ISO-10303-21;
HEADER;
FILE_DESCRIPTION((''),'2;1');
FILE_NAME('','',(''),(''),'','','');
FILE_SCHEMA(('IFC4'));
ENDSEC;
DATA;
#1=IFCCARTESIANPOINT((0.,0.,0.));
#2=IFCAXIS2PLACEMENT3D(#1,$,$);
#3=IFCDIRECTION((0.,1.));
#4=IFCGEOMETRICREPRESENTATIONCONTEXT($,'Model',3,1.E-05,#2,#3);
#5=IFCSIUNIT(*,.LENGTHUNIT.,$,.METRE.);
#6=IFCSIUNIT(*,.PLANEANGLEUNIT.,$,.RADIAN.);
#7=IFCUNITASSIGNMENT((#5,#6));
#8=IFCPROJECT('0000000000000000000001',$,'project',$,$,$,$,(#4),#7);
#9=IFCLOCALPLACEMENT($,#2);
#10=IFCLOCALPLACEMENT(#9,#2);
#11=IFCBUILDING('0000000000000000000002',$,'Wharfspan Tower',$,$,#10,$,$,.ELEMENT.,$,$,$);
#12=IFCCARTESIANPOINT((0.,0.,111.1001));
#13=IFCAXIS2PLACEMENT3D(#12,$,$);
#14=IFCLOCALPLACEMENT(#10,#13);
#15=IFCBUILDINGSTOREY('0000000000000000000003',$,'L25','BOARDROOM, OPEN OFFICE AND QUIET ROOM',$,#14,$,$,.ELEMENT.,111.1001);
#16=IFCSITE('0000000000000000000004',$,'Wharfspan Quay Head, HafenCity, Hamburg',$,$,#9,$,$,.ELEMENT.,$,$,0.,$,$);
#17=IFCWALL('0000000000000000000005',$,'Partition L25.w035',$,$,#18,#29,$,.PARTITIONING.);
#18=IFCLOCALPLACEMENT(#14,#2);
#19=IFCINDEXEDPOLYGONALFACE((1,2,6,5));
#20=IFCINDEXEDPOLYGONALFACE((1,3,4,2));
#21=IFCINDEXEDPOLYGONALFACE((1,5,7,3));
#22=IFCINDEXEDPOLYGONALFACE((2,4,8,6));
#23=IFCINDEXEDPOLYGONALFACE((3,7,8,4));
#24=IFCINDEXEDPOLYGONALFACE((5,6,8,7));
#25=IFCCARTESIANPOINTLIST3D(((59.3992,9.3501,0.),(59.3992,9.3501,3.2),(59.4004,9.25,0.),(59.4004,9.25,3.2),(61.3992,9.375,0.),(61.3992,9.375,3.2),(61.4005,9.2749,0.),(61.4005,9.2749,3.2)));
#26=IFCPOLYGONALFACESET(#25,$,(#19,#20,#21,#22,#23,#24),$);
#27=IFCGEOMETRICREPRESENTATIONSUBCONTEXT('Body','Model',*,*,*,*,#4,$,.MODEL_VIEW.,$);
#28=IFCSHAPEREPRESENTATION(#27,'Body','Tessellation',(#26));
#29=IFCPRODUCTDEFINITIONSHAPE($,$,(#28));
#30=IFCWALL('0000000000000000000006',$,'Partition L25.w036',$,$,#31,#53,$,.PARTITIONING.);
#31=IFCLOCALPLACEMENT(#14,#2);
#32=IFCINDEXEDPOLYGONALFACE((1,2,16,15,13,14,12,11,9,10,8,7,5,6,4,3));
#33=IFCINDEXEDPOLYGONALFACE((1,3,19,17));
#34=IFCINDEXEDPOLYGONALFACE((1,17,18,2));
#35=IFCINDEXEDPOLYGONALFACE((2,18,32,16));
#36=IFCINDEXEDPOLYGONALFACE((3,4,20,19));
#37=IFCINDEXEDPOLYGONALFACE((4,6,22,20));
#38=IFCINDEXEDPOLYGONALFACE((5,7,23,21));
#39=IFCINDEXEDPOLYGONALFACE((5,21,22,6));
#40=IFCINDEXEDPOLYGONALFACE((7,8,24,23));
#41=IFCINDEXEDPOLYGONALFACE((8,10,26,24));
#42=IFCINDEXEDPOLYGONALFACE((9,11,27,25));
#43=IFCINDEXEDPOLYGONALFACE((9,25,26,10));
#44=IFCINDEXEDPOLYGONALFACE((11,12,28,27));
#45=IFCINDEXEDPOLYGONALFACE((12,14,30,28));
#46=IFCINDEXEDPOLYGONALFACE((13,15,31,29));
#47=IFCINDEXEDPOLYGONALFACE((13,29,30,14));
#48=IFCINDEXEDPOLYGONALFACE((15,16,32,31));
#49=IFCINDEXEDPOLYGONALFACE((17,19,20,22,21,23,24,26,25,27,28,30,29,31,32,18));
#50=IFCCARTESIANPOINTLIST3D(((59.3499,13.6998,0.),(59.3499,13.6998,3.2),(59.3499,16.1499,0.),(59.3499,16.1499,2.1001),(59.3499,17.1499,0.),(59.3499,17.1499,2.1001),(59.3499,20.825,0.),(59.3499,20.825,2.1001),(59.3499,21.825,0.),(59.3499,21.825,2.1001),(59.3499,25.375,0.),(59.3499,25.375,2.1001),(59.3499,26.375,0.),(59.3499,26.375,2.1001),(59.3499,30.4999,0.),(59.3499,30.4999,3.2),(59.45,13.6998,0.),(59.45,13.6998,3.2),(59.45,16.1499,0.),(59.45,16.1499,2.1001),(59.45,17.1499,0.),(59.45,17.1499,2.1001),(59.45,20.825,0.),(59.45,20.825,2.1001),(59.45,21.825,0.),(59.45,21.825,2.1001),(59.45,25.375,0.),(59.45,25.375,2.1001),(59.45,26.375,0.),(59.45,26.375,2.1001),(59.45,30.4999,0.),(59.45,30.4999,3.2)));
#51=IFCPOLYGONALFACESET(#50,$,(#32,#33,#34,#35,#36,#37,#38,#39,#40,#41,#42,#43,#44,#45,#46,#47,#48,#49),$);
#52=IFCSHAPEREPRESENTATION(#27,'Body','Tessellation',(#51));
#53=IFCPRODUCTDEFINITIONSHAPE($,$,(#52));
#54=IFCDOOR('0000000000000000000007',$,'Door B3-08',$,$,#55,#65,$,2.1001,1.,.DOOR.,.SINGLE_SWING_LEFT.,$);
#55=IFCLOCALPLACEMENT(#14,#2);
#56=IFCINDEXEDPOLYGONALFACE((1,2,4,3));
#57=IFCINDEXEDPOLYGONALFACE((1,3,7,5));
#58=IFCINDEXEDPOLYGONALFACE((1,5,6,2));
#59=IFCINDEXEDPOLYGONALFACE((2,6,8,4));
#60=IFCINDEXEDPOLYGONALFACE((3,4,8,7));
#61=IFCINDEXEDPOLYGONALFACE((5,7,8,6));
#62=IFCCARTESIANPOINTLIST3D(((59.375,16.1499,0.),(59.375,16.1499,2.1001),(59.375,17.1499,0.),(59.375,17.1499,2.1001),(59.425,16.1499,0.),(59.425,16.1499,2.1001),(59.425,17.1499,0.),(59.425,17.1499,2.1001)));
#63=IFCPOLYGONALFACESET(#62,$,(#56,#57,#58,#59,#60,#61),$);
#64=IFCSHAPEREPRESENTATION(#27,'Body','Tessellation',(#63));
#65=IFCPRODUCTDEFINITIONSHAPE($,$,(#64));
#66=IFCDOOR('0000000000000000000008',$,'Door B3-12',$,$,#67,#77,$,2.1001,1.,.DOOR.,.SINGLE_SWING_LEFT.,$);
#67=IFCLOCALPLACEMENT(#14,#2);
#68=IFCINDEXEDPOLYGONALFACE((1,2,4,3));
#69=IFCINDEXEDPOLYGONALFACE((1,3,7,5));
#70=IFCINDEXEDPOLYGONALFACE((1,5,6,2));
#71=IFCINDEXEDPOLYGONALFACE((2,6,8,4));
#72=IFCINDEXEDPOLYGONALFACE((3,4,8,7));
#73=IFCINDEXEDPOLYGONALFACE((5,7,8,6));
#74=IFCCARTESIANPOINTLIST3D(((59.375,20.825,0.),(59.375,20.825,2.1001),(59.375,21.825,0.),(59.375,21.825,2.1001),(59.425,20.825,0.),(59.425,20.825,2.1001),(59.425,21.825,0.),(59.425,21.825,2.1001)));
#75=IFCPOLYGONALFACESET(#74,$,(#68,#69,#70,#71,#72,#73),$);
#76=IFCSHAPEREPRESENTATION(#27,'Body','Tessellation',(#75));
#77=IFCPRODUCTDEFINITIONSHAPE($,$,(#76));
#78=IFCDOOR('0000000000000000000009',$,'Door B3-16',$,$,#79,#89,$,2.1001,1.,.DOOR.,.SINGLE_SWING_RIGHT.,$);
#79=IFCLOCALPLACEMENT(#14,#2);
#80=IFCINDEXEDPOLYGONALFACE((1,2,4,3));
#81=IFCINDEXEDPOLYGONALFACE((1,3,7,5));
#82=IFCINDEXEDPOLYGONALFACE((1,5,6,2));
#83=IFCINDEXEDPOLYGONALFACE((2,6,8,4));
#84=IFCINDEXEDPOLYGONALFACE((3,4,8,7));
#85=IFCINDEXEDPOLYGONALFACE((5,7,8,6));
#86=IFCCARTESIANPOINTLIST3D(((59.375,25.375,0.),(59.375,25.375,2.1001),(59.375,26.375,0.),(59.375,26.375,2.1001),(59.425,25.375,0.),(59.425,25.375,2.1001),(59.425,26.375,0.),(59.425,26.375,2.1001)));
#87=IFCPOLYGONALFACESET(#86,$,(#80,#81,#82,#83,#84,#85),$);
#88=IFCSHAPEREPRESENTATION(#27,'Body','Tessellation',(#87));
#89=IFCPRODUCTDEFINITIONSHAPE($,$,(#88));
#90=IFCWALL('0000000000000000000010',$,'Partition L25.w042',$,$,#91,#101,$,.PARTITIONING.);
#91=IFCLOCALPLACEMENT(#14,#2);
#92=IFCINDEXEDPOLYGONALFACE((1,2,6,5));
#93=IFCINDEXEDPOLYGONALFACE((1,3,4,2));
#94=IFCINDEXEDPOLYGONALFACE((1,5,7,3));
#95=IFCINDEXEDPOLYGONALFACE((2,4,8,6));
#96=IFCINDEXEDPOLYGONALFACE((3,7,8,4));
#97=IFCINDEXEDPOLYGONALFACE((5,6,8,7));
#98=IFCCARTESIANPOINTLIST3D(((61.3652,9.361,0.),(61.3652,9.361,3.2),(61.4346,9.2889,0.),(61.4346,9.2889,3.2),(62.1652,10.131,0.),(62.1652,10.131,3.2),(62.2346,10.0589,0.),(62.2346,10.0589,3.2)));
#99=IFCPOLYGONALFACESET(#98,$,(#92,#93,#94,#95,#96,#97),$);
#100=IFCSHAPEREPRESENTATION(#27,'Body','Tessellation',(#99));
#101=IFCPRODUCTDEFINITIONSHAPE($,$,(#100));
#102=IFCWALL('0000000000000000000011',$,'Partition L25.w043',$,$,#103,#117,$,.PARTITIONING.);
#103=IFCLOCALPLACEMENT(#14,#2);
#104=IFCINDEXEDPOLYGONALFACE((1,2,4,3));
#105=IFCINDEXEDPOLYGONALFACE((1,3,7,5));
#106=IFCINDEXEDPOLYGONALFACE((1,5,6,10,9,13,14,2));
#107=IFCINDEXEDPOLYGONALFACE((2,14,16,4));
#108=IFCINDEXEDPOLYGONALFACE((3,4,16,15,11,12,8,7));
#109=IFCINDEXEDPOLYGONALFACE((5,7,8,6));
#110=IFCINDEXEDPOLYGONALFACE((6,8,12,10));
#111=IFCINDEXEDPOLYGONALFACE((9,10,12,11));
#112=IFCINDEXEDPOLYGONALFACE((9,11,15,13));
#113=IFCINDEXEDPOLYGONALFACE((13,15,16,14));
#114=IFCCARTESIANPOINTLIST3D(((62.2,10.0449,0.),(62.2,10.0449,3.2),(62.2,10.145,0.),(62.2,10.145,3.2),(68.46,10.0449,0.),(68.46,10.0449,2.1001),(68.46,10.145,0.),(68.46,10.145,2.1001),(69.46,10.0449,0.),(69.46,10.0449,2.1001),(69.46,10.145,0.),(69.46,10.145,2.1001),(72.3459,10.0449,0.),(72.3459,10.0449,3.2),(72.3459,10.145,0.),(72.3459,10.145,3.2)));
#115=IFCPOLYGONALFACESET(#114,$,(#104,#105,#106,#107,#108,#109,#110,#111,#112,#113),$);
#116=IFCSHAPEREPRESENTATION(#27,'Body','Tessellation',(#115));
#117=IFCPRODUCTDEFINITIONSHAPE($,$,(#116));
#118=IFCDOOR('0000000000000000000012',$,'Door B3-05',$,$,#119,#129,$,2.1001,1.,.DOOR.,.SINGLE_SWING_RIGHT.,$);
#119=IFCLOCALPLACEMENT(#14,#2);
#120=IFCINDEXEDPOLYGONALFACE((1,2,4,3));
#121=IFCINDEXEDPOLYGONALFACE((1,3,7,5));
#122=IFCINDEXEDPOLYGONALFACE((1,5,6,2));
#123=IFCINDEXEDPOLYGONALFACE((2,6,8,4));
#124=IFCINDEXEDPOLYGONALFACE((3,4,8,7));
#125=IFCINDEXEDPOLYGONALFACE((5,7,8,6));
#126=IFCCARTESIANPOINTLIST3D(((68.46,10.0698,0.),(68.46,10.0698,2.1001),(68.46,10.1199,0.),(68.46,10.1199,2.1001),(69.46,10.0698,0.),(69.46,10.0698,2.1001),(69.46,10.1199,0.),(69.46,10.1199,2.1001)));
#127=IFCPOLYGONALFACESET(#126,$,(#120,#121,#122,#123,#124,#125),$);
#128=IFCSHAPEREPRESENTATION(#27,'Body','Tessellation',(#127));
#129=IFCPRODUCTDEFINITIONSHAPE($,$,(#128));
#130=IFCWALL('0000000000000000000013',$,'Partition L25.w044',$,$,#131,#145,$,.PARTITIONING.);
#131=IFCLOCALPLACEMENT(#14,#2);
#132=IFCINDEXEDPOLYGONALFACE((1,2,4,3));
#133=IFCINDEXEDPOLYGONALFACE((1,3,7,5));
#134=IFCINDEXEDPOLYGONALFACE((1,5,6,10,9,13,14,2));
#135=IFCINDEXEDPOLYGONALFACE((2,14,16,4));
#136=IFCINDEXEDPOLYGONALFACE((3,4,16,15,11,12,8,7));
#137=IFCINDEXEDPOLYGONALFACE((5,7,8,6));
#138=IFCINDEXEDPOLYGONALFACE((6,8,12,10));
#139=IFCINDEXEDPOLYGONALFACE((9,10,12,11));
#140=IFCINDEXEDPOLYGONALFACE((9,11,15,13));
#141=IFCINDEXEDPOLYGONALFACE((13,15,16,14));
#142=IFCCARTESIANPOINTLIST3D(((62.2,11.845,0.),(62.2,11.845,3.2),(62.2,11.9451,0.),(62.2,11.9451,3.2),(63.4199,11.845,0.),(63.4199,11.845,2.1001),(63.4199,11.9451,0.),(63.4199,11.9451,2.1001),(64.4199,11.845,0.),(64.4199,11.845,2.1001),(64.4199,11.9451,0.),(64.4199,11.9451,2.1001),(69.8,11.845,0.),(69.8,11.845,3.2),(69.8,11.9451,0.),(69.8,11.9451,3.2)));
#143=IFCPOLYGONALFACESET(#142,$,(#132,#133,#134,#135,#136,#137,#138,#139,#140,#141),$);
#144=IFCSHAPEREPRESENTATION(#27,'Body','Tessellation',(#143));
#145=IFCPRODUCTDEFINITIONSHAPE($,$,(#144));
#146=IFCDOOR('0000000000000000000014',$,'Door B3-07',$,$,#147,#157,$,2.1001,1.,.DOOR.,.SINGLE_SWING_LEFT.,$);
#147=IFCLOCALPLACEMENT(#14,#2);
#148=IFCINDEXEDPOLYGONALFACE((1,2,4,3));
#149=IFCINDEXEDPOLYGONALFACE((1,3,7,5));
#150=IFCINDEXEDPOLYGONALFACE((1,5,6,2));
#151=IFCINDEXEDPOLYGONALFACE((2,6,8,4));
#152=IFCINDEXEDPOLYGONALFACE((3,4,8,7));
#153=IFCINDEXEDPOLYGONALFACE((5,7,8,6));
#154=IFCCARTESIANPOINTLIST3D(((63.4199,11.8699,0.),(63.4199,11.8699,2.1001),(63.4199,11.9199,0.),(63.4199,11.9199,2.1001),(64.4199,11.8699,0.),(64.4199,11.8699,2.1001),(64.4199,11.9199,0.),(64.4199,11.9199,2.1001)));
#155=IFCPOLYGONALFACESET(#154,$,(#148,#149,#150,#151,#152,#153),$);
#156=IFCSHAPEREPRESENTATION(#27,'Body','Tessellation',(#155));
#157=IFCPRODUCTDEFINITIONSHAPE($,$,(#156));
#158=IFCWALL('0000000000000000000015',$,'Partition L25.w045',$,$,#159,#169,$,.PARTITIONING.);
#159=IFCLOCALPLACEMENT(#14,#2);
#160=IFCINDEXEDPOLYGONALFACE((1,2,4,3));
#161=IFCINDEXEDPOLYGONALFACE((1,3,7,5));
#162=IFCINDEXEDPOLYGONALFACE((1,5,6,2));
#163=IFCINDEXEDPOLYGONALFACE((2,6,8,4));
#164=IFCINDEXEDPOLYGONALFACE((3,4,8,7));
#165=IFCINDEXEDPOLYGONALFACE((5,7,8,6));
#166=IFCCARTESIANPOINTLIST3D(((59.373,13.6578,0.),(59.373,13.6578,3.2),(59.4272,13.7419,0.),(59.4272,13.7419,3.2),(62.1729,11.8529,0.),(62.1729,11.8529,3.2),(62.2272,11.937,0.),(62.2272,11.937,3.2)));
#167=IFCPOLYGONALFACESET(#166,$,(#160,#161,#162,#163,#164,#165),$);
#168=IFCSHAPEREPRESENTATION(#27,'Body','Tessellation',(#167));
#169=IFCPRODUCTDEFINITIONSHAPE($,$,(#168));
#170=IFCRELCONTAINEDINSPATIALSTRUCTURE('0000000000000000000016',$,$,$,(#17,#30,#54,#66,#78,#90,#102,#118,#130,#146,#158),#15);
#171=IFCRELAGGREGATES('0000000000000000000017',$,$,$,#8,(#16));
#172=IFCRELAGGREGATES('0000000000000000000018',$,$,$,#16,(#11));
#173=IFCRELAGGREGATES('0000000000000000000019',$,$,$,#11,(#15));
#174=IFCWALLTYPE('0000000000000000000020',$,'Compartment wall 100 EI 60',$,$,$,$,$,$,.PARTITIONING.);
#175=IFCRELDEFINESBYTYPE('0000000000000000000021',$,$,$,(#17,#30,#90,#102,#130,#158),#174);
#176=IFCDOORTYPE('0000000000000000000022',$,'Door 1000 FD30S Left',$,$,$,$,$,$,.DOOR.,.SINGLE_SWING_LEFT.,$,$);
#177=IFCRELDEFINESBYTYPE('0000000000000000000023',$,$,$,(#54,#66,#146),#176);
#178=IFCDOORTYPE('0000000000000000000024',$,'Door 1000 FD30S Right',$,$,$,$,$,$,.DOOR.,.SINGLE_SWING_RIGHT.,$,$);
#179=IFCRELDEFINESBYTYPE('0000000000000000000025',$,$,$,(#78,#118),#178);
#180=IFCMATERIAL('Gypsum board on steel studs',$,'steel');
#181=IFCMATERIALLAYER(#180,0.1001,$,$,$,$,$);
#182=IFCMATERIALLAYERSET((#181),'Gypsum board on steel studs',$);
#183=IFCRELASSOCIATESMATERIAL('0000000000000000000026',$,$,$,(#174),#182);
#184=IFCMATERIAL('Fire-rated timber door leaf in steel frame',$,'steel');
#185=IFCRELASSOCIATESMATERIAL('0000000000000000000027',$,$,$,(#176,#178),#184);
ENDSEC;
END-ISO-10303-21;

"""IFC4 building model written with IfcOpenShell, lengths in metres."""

from ifc_helpers import new_model, si_unit, direction, frame, frame_2d, origin, place, context, subcontext, project, spatial, rectangle, extrude, material, layer, layer_set, type_object, element, fill, save


model = new_model("IFC4")

# Units and contexts
model_context = context("Model", 3, precision=1e-05, world=origin(), true_north=direction((0.0, 1.0)))
body_context = subcontext(model_context, "Body", "Model", "MODEL_VIEW")
ifc_project = project(units=[si_unit("LENGTHUNIT", "METRE"), si_unit("PLANEANGLEUNIT", "RADIAN")], contexts=[model_context])

# Site, building, storey
site_placement = place(None, origin())
site = spatial("IfcSite", under=ifc_project, at=site_placement, Name="Wharfspan Quay Head, HafenCity, Hamburg", CompositionType="ELEMENT", RefElevation=0.0)
building_placement = place(site_placement, origin())
building = spatial("IfcBuilding", under=site, at=building_placement, Name="Wharfspan Tower", CompositionType="ELEMENT")
storey_placement = place(building_placement, frame((0.0, 0.0, 111.1001)))
storey = spatial("IfcBuildingStorey", under=building, at=storey_placement, Name="L25", Description="BOARDROOM, OPEN OFFICE AND QUIET ROOM", CompositionType="ELEMENT", Elevation=111.1001)

# Wall
ifc_material_1 = material(Name="Gypsum board on steel studs", Category="steel")
ifc_layer_1 = layer(ifc_material_1, 0.1001)
ifc_layer_set_1 = layer_set([ifc_layer_1], Name="Gypsum board on steel studs")
wall_type_1 = type_object("IfcWallType", Name="Compartment wall 100 EI 60", PredefinedType="PARTITIONING", material=ifc_layer_set_1)
wall_1_placement = place(storey_placement, frame((59.3999, 9.3, 0.0), z_axis=(0.0, 0.0, 1.0), x_axis=(0.999918, 0.01245, 0.0)))
element("IfcWall", 1, at=wall_1_placement, inside=storey, type_object=wall_type_1, Name="Partition L25.w035", PredefinedType="PARTITIONING", context=body_context, shape_type="SweptSolid", body=[
    extrude(rectangle(XDim=2.0002, YDim=0.1001, at=frame_2d((1.0, 0.0))), origin(), (0.0, 0.0, 1.0), 3.2),
])

# Wall, openings, doors
wall_2_placement = place(storey_placement, frame((59.3999, 13.7, 0.0), z_axis=(0.0, 0.0, 1.0), x_axis=(0.0, 1.0, 0.0)))
wall_2 = element("IfcWall", 2, at=wall_2_placement, inside=storey, type_object=wall_type_1, Name="Partition L25.w036", PredefinedType="PARTITIONING", context=body_context, shape_type="SweptSolid", body=[
    extrude(rectangle(XDim=16.8, YDim=0.1001, at=frame_2d((8.3999, 0.0))), origin(), (0.0, 0.0, 1.0), 3.2),
])
opening_1_placement = place(wall_2_placement, frame((2.45, 0.0, 0.0)))
opening_1 = element("IfcOpeningElement", 3, at=opening_1_placement, cuts=wall_2, PredefinedType="OPENING", context=body_context, shape_type="SweptSolid", body=[
    extrude(rectangle(XDim=1.0, YDim=2.1001, at=frame_2d((0.5, 1.05))), frame((0.0, 0.0601, 0.0), z_axis=(0.0, -1.0, 0.0), x_axis=(1.0, 0.0, 0.0)), (0.0, 0.0, 1.0), 0.1201),
])
opening_2_placement = place(wall_2_placement, frame((7.125, 0.0, 0.0)))
opening_2 = element("IfcOpeningElement", 4, at=opening_2_placement, cuts=wall_2, PredefinedType="OPENING", context=body_context, shape_type="SweptSolid", body=[
    extrude(rectangle(XDim=1.0, YDim=2.1001, at=frame_2d((0.5, 1.05))), frame((0.0, 0.0601, 0.0), z_axis=(0.0, -1.0, 0.0), x_axis=(1.0, 0.0, 0.0)), (0.0, 0.0, 1.0), 0.1201),
])
opening_3_placement = place(wall_2_placement, frame((11.675, 0.0, 0.0)))
opening_3 = element("IfcOpeningElement", 5, at=opening_3_placement, cuts=wall_2, PredefinedType="OPENING", context=body_context, shape_type="SweptSolid", body=[
    extrude(rectangle(XDim=1.0, YDim=2.1001, at=frame_2d((0.5, 1.05))), frame((0.0, 0.0601, 0.0), z_axis=(0.0, -1.0, 0.0), x_axis=(1.0, 0.0, 0.0)), (0.0, 0.0, 1.0), 0.1201),
])
ifc_material_2 = material(Name="Fire-rated timber door leaf in steel frame", Category="steel")
door_type_1 = type_object("IfcDoorType", Name="Door 1000 FD30S Left", OperationType="SINGLE_SWING_LEFT", PredefinedType="DOOR", material=ifc_material_2)
door_1_placement = place(opening_1_placement, origin())
door_1 = element("IfcDoor", 6, at=door_1_placement, inside=storey, type_object=door_type_1, Name="Door B3-08", OperationType="SINGLE_SWING_LEFT", OverallHeight=2.1001, OverallWidth=1.0, PredefinedType="DOOR", context=body_context, shape_type="SweptSolid", body=[
    extrude(rectangle(XDim=1.0, YDim=2.1001, at=frame_2d((0.5, 1.05))), frame((0.0, 0.0249, 0.0), z_axis=(0.0, -1.0, 0.0), x_axis=(1.0, 0.0, 0.0)), (0.0, 0.0, 1.0), 0.05),
])
fill(opening_1, door_1)
door_2_placement = place(opening_2_placement, origin())
door_2 = element("IfcDoor", 7, at=door_2_placement, inside=storey, type_object=door_type_1, Name="Door B3-12", OperationType="SINGLE_SWING_LEFT", OverallHeight=2.1001, OverallWidth=1.0, PredefinedType="DOOR", context=body_context, shape_type="SweptSolid", body=[
    extrude(rectangle(XDim=1.0, YDim=2.1001, at=frame_2d((0.5, 1.05))), frame((0.0, 0.0249, 0.0), z_axis=(0.0, -1.0, 0.0), x_axis=(1.0, 0.0, 0.0)), (0.0, 0.0, 1.0), 0.05),
])
fill(opening_2, door_2)
door_type_2 = type_object("IfcDoorType", Name="Door 1000 FD30S Right", OperationType="SINGLE_SWING_RIGHT", PredefinedType="DOOR", material=ifc_material_2)
door_3_placement = place(opening_3_placement, origin())
door_3 = element("IfcDoor", 8, at=door_3_placement, inside=storey, type_object=door_type_2, Name="Door B3-16", OperationType="SINGLE_SWING_RIGHT", OverallHeight=2.1001, OverallWidth=1.0, PredefinedType="DOOR", context=body_context, shape_type="SweptSolid", body=[
    extrude(rectangle(XDim=1.0, YDim=2.1001, at=frame_2d((0.5, 1.05))), frame((0.0, 0.0249, 0.0), z_axis=(0.0, -1.0, 0.0), x_axis=(1.0, 0.0, 0.0)), (0.0, 0.0, 1.0), 0.05),
])
fill(opening_3, door_3)

# Wall
wall_3_placement = place(storey_placement, frame((61.3999, 9.325, 0.0), z_axis=(0.0, 0.0, 1.0), x_axis=(0.720495, 0.693452, 0.0)))
element("IfcWall", 9, at=wall_3_placement, inside=storey, type_object=wall_type_1, Name="Partition L25.w042", PredefinedType="PARTITIONING", context=body_context, shape_type="SweptSolid", body=[
    extrude(rectangle(XDim=1.1104, YDim=0.1001, at=frame_2d((0.5552, 0.0))), origin(), (0.0, 0.0, 1.0), 3.2),
])

# Walls, openings, doors
wall_4_placement = place(storey_placement, frame((62.2, 10.095, 0.0), z_axis=(0.0, 0.0, 1.0), x_axis=(1.0, 0.0, 0.0)))
wall_4 = element("IfcWall", 10, at=wall_4_placement, inside=storey, type_object=wall_type_1, Name="Partition L25.w043", PredefinedType="PARTITIONING", context=body_context, shape_type="SweptSolid", body=[
    extrude(rectangle(XDim=10.146, YDim=0.1001, at=frame_2d((5.073, 0.0))), origin(), (0.0, 0.0, 1.0), 3.2),
])
opening_4_placement = place(wall_4_placement, frame((6.26, 0.0, 0.0)))
opening_4 = element("IfcOpeningElement", 11, at=opening_4_placement, cuts=wall_4, PredefinedType="OPENING", context=body_context, shape_type="SweptSolid", body=[
    extrude(rectangle(XDim=1.0, YDim=2.1001, at=frame_2d((0.5, 1.05))), frame((0.0, 0.0601, 0.0), z_axis=(0.0, -1.0, 0.0), x_axis=(1.0, 0.0, 0.0)), (0.0, 0.0, 1.0), 0.1201),
])
door_4_placement = place(opening_4_placement, origin())
door_4 = element("IfcDoor", 12, at=door_4_placement, inside=storey, type_object=door_type_2, Name="Door B3-05", OperationType="SINGLE_SWING_RIGHT", OverallHeight=2.1001, OverallWidth=1.0, PredefinedType="DOOR", context=body_context, shape_type="SweptSolid", body=[
    extrude(rectangle(XDim=1.0, YDim=2.1001, at=frame_2d((0.5, 1.05))), frame((0.0, 0.0249, 0.0), z_axis=(0.0, -1.0, 0.0), x_axis=(1.0, 0.0, 0.0)), (0.0, 0.0, 1.0), 0.05),
])
fill(opening_4, door_4)
wall_5_placement = place(storey_placement, frame((62.2, 11.895, 0.0), z_axis=(0.0, 0.0, 1.0), x_axis=(1.0, 0.0, 0.0)))
wall_5 = element("IfcWall", 13, at=wall_5_placement, inside=storey, type_object=wall_type_1, Name="Partition L25.w044", PredefinedType="PARTITIONING", context=body_context, shape_type="SweptSolid", body=[
    extrude(rectangle(XDim=7.6001, YDim=0.1001, at=frame_2d((3.8, 0.0))), origin(), (0.0, 0.0, 1.0), 3.2),
])
opening_5_placement = place(wall_5_placement, frame((1.22, 0.0, 0.0)))
opening_5 = element("IfcOpeningElement", 14, at=opening_5_placement, cuts=wall_5, PredefinedType="OPENING", context=body_context, shape_type="SweptSolid", body=[
    extrude(rectangle(XDim=1.0, YDim=2.1001, at=frame_2d((0.5, 1.05))), frame((0.0, 0.0601, 0.0), z_axis=(0.0, -1.0, 0.0), x_axis=(1.0, 0.0, 0.0)), (0.0, 0.0, 1.0), 0.1201),
])
door_5_placement = place(opening_5_placement, origin())
door_5 = element("IfcDoor", 15, at=door_5_placement, inside=storey, type_object=door_type_1, Name="Door B3-07", OperationType="SINGLE_SWING_LEFT", OverallHeight=2.1001, OverallWidth=1.0, PredefinedType="DOOR", context=body_context, shape_type="SweptSolid", body=[
    extrude(rectangle(XDim=1.0, YDim=2.1001, at=frame_2d((0.5, 1.05))), frame((0.0, 0.0249, 0.0), z_axis=(0.0, -1.0, 0.0), x_axis=(1.0, 0.0, 0.0)), (0.0, 0.0, 1.0), 0.05),
])
fill(opening_5, door_5)

# Wall
wall_6_placement = place(storey_placement, frame((62.2, 11.895, 0.0), z_axis=(0.0, 0.0, 1.0), x_axis=(-0.840512, 0.5418, 0.0)))
element("IfcWall", 16, at=wall_6_placement, inside=storey, type_object=wall_type_1, Name="Partition L25.w045", PredefinedType="PARTITIONING", context=body_context, shape_type="SweptSolid", body=[
    extrude(rectangle(XDim=3.3313, YDim=0.1001, at=frame_2d((1.6655, 0.0))), origin(), (0.0, 0.0, 1.0), 3.2),
])

save(model, "model.ifc")
